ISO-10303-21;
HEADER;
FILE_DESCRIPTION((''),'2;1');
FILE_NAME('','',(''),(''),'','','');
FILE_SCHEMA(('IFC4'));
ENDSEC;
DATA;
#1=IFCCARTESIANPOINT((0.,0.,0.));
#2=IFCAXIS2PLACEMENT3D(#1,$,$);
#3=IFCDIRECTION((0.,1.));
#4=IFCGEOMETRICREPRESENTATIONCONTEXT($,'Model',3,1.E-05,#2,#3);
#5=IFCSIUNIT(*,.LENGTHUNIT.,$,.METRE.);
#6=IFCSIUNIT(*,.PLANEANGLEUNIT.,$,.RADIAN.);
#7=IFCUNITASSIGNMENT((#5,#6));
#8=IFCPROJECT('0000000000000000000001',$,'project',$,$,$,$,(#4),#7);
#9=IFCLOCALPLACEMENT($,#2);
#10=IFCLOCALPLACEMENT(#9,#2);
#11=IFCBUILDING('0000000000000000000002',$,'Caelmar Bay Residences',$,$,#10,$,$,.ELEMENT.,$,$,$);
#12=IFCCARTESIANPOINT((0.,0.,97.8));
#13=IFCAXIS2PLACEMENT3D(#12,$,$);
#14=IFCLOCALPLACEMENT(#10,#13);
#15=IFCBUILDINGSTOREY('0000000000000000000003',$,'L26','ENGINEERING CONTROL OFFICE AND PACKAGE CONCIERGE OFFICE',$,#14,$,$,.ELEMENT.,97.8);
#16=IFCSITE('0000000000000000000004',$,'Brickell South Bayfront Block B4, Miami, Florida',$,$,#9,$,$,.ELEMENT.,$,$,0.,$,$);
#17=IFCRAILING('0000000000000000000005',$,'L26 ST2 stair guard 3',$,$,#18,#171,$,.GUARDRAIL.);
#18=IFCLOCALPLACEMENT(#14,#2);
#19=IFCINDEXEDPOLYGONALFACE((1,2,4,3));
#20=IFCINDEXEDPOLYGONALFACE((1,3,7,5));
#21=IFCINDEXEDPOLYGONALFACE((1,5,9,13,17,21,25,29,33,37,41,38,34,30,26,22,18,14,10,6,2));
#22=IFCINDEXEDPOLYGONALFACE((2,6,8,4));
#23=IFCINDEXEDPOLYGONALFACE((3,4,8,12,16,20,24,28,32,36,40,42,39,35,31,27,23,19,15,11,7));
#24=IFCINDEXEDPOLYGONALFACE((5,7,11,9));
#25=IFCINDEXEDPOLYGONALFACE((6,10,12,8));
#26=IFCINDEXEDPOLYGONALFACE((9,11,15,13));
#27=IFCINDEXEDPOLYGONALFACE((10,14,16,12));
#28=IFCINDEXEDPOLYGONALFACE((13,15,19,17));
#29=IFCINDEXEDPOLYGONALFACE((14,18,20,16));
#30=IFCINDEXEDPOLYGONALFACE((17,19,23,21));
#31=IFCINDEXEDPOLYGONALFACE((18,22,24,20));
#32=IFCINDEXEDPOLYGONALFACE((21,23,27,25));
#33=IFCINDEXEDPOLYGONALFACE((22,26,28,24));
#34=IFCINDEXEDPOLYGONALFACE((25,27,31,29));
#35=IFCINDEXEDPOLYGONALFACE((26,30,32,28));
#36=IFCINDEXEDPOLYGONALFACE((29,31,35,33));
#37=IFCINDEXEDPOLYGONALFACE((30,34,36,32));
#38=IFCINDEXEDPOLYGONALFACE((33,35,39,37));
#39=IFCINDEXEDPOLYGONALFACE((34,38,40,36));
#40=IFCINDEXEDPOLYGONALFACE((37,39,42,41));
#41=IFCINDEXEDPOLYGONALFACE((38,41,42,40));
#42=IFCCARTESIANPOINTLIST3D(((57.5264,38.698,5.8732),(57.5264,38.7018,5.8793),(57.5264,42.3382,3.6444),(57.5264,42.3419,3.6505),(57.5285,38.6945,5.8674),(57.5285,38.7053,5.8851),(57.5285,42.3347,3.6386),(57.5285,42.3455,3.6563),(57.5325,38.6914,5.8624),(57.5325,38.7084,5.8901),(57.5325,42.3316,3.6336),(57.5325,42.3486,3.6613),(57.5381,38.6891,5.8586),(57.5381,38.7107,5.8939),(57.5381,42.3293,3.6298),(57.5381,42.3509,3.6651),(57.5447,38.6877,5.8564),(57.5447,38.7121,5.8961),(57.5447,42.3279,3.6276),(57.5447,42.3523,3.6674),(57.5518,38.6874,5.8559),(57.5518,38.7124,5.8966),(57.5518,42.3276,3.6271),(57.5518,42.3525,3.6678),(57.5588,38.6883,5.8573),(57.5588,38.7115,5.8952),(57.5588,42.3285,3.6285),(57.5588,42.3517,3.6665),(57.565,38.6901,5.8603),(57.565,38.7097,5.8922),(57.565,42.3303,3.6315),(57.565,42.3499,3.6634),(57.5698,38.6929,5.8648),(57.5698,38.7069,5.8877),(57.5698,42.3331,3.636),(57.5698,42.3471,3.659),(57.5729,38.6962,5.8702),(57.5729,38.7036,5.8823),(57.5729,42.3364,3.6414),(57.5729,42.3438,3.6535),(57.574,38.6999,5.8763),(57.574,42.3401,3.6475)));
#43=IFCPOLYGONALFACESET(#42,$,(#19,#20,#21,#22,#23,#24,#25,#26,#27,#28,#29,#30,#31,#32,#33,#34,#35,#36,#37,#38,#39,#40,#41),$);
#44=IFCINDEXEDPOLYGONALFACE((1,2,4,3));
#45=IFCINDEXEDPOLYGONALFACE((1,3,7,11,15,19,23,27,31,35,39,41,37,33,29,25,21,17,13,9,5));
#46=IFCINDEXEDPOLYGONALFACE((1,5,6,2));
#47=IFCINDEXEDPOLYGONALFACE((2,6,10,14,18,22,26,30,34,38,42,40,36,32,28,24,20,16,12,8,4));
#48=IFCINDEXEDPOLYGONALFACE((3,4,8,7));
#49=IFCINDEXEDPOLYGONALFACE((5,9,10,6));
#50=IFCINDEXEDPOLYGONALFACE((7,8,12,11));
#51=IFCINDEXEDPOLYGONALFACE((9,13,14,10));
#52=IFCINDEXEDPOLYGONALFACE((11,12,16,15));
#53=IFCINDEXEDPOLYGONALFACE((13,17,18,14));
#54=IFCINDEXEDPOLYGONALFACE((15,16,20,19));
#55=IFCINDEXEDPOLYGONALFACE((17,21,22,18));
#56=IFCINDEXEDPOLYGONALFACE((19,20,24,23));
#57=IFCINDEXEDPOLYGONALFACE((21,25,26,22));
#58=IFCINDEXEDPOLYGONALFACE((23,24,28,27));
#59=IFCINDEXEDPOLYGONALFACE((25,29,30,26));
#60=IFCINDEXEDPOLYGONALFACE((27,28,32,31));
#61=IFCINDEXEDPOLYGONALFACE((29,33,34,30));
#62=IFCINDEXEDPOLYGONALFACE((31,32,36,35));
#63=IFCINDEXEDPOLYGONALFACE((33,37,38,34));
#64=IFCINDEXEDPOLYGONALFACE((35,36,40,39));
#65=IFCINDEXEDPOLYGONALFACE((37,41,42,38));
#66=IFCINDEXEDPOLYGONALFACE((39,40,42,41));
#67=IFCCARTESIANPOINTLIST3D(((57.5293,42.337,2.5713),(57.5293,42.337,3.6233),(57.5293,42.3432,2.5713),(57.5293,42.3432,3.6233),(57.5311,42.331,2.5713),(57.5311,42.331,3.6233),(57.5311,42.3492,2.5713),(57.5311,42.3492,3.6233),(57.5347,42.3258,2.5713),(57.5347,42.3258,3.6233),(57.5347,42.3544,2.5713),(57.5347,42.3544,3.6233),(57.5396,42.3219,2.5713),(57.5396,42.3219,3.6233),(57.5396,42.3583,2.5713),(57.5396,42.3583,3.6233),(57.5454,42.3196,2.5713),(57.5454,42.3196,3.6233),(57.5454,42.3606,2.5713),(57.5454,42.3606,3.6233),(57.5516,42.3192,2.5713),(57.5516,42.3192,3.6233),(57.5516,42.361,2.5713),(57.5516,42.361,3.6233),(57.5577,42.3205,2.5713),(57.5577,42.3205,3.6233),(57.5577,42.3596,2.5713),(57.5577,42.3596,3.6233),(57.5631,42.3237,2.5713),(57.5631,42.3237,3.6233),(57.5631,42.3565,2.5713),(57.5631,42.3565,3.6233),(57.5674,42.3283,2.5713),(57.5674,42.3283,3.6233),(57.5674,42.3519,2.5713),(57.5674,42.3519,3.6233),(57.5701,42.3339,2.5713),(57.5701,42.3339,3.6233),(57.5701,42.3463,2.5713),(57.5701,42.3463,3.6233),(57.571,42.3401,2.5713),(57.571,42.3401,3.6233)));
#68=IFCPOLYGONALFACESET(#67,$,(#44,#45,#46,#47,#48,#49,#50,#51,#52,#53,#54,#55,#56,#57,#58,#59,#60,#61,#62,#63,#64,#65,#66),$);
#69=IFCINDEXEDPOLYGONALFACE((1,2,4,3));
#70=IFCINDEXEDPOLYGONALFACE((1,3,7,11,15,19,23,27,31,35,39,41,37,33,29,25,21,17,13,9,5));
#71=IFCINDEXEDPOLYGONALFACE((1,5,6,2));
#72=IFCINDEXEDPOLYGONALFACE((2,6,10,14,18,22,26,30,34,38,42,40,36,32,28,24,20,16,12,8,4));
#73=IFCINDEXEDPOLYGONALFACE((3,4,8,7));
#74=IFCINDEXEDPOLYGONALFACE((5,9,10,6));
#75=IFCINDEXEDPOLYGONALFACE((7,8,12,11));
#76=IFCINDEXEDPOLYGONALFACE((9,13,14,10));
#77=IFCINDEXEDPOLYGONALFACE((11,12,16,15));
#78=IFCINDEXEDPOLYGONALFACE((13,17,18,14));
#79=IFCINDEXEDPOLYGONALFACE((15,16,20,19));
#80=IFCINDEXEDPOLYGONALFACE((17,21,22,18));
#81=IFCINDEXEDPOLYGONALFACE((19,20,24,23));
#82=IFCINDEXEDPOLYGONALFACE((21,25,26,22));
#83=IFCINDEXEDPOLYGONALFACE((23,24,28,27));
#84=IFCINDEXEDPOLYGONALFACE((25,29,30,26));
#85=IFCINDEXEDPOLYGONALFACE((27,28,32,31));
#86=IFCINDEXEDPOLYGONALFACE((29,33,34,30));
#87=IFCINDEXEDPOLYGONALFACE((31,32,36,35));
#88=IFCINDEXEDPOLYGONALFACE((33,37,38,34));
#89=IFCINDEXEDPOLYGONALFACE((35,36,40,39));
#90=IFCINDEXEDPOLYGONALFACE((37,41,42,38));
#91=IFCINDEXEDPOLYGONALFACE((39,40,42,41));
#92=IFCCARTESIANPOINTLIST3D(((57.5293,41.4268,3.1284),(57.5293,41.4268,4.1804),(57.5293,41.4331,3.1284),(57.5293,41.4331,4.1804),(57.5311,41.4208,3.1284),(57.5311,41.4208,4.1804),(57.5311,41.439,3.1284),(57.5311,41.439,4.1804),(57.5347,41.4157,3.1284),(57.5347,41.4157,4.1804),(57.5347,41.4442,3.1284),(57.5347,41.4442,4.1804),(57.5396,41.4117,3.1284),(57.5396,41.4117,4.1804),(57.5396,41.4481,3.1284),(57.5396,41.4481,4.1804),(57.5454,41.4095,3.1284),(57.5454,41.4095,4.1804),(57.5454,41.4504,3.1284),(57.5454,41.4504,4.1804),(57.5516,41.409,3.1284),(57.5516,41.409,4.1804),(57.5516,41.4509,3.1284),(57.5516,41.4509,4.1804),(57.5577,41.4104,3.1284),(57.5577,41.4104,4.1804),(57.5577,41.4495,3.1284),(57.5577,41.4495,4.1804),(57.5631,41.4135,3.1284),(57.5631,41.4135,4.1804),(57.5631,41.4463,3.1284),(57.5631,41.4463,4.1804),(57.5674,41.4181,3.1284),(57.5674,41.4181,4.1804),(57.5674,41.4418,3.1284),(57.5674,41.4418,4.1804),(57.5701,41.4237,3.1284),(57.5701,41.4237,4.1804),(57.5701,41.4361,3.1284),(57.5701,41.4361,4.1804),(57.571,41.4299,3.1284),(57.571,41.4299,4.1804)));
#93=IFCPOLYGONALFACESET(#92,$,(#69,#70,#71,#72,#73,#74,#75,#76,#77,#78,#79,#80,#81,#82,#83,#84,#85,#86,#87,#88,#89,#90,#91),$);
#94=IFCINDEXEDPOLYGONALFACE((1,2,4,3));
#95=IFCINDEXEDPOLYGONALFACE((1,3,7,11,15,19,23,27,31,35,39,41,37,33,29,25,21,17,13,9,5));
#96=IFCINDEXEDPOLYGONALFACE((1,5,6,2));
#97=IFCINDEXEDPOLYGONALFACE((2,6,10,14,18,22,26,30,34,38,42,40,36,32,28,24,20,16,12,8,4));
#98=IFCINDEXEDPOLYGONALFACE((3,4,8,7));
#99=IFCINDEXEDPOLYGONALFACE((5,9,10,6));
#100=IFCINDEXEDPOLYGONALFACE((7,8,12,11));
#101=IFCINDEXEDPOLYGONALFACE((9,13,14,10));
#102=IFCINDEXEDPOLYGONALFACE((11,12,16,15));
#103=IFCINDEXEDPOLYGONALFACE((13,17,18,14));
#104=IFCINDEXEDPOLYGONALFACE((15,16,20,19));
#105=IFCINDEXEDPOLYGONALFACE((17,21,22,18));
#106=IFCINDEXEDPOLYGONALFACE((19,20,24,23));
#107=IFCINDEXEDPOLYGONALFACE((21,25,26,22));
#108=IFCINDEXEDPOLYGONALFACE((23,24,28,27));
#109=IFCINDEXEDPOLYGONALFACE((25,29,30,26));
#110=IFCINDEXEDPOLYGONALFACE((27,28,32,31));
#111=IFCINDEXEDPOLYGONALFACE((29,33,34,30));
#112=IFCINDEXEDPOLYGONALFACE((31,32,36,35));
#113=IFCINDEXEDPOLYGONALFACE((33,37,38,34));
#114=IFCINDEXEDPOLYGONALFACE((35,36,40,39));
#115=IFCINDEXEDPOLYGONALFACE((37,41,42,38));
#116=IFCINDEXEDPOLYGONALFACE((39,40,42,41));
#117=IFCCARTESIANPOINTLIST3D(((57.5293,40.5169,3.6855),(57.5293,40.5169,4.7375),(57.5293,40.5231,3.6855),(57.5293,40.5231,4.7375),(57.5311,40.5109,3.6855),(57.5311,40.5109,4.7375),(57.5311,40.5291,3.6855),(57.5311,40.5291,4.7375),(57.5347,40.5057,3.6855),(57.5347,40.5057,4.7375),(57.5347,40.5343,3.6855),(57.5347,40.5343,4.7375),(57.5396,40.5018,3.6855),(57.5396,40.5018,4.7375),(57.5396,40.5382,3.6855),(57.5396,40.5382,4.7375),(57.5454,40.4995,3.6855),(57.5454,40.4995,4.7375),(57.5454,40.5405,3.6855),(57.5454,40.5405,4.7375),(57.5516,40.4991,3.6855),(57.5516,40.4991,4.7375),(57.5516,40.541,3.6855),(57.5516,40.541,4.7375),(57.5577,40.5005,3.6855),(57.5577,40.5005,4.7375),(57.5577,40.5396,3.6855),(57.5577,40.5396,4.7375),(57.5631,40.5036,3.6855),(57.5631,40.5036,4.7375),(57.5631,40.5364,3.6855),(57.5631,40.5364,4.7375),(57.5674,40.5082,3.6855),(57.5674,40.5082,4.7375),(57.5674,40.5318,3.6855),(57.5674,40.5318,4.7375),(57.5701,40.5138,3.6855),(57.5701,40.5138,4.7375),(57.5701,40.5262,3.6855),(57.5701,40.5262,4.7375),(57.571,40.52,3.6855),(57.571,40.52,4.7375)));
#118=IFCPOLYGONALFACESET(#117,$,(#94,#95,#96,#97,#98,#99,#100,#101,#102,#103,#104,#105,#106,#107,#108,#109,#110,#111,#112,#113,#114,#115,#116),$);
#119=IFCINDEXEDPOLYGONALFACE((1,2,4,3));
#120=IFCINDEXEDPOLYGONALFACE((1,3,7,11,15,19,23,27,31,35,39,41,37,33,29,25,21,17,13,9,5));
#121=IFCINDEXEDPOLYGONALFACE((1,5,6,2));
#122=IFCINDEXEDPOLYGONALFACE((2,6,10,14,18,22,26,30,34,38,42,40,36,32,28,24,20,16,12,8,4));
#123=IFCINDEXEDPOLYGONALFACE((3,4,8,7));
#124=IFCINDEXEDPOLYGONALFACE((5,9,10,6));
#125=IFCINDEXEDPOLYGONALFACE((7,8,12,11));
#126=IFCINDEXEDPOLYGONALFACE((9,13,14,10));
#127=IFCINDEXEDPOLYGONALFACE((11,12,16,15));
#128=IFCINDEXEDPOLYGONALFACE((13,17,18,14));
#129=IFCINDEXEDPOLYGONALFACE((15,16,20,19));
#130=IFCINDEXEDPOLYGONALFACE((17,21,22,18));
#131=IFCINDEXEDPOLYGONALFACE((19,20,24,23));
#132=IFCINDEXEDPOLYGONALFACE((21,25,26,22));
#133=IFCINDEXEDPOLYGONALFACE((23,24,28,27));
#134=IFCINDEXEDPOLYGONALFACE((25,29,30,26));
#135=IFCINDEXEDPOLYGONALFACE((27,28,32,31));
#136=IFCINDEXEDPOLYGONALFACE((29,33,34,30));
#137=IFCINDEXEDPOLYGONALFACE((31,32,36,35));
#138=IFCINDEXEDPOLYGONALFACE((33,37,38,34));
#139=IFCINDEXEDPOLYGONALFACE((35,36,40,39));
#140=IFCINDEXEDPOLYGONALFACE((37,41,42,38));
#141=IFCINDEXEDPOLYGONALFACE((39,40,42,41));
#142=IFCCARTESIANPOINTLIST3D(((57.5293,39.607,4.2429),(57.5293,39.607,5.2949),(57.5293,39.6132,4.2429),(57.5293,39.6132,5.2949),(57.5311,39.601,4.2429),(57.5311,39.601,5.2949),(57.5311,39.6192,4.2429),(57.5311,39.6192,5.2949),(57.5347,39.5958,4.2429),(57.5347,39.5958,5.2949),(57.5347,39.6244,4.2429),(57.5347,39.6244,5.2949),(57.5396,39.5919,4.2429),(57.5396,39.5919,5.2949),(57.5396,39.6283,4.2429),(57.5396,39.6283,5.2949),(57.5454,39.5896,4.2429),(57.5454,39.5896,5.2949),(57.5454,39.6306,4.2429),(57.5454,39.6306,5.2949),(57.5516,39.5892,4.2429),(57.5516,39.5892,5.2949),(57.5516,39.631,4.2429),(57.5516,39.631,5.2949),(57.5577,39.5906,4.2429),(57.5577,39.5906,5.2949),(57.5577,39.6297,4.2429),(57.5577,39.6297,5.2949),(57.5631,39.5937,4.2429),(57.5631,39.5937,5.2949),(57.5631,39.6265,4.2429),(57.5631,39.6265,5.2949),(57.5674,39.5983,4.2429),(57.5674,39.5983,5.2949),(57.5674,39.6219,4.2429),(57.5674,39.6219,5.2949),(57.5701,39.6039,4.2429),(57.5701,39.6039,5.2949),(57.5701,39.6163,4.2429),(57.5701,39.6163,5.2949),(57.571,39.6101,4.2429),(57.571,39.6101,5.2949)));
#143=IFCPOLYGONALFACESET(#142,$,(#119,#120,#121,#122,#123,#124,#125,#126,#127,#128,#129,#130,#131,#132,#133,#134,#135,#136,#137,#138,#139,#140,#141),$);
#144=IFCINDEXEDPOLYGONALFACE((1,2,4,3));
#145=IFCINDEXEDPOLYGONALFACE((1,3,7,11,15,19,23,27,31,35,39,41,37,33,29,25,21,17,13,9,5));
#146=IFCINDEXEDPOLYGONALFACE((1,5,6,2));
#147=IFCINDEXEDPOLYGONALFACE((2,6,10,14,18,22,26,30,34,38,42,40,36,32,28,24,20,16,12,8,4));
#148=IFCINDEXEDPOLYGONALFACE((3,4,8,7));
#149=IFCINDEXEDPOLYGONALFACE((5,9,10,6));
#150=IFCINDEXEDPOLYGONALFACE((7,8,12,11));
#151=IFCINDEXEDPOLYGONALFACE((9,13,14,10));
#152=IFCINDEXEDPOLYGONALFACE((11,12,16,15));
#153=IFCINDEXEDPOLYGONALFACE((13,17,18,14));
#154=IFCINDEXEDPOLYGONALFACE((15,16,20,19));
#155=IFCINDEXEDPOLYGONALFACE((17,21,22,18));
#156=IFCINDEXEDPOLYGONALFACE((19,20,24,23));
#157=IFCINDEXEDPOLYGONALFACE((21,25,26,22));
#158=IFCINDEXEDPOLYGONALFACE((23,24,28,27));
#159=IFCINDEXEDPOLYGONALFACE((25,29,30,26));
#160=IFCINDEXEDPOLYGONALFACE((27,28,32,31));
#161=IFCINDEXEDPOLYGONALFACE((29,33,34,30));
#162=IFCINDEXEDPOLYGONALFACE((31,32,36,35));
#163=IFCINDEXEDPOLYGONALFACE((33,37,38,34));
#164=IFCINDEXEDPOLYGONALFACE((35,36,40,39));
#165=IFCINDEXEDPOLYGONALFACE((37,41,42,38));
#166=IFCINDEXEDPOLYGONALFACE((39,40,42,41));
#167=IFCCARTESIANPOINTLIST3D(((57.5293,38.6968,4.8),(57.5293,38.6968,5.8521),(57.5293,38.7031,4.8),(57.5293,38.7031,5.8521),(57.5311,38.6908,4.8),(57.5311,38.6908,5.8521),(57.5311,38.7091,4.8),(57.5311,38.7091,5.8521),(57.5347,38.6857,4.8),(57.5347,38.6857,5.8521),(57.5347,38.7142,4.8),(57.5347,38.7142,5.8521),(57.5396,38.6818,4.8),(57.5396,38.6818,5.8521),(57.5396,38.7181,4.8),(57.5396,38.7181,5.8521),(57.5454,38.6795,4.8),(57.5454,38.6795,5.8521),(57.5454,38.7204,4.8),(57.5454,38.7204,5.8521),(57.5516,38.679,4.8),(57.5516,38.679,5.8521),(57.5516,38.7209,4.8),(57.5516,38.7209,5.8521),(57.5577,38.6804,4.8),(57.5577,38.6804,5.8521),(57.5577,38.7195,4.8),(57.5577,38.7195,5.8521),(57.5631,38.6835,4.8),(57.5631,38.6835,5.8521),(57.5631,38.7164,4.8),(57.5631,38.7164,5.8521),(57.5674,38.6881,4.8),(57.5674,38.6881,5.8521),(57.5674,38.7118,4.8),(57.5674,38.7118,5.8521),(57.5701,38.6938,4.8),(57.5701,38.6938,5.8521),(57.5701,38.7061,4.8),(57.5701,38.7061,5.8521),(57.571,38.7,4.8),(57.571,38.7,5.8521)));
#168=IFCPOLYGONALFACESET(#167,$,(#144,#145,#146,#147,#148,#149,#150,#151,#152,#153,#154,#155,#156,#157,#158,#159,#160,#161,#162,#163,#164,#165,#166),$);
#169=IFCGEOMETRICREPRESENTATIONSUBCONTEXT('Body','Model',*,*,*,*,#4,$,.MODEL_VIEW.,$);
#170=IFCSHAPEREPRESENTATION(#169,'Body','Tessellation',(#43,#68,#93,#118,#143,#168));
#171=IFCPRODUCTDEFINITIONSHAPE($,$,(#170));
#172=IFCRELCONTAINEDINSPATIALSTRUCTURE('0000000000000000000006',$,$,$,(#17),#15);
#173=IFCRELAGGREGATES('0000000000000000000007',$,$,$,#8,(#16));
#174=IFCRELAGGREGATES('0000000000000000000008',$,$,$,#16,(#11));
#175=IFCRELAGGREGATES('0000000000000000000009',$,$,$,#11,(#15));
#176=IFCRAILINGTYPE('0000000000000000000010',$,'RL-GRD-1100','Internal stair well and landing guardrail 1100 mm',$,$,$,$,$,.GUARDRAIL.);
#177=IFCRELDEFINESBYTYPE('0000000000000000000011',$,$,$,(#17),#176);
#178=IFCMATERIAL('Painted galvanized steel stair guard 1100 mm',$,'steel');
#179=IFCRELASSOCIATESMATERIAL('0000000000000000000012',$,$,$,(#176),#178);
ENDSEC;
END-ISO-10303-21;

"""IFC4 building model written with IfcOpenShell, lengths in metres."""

from ifc_helpers import new_model, si_unit, direction, frame, origin, origin_2d, place, context, subcontext, project, spatial, circle, extrude, material, type_object, element, save


model = new_model("IFC4")

# Units and contexts
model_context = context("Model", 3, precision=1e-05, world=origin(), true_north=direction((0.0, 1.0)))
body_context = subcontext(model_context, "Body", "Model", "MODEL_VIEW")
ifc_project = project(units=[si_unit("LENGTHUNIT", "METRE"), si_unit("PLANEANGLEUNIT", "RADIAN")], contexts=[model_context])

# Site, building, storey
site_placement = place(None, origin())
site = spatial("IfcSite", under=ifc_project, at=site_placement, Name="Brickell South Bayfront Block B4, Miami, Florida", CompositionType="ELEMENT", RefElevation=0.0)
building_placement = place(site_placement, origin())
building = spatial("IfcBuilding", under=site, at=building_placement, Name="Caelmar Bay Residences", CompositionType="ELEMENT")
storey_placement = place(building_placement, frame((0.0, 0.0, 97.8)))
storey = spatial("IfcBuildingStorey", under=building, at=storey_placement, Name="L26", Description="ENGINEERING CONTROL OFFICE AND PACKAGE CONCIERGE OFFICE", CompositionType="ELEMENT", Elevation=97.8)

# Railing
ifc_material_1 = material(Name="Painted galvanized steel stair guard 1100 mm", Category="steel")
railing_type_1 = type_object("IfcRailingType", Name="RL-GRD-1100", Description="Internal stair well and landing guardrail 1100 mm", PredefinedType="GUARDRAIL", material=ifc_material_1)
railing_1_placement = place(storey_placement, frame((57.55, 42.3401, 2.5713)))
element("IfcRailing", 1, at=railing_1_placement, inside=storey, type_object=railing_type_1, Name="L26 ST2 stair guard 3", PredefinedType="GUARDRAIL", context=body_context, shape_type="SweptSolid", body=[
    extrude(circle(Radius=0.0239, at=origin_2d()), frame((0.0, 0.0, 1.0762), z_axis=(0.0, -0.85284, 0.522172), x_axis=(1.0, 0.0, 0.0)), (0.0, 0.0, 1.0), 4.2683),
    extrude(circle(Radius=0.021, at=origin_2d()), origin(), (0.0, 0.0, 1.0), 1.052),
    extrude(circle(Radius=0.021, at=origin_2d()), frame((0.0, -0.9102, 0.5571)), (0.0, 0.0, 1.0), 1.052),
    extrude(circle(Radius=0.021, at=origin_2d()), frame((0.0, -1.8201, 1.1143)), (0.0, 0.0, 1.0), 1.052),
    extrude(circle(Radius=0.021, at=origin_2d()), frame((0.0, -2.73, 1.6716)), (0.0, 0.0, 1.0), 1.052),
    extrude(circle(Radius=0.021, at=origin_2d()), frame((0.0, -3.6401, 2.2288)), (0.0, 0.0, 1.0), 1.052),
])

save(model, "model.ifc")
